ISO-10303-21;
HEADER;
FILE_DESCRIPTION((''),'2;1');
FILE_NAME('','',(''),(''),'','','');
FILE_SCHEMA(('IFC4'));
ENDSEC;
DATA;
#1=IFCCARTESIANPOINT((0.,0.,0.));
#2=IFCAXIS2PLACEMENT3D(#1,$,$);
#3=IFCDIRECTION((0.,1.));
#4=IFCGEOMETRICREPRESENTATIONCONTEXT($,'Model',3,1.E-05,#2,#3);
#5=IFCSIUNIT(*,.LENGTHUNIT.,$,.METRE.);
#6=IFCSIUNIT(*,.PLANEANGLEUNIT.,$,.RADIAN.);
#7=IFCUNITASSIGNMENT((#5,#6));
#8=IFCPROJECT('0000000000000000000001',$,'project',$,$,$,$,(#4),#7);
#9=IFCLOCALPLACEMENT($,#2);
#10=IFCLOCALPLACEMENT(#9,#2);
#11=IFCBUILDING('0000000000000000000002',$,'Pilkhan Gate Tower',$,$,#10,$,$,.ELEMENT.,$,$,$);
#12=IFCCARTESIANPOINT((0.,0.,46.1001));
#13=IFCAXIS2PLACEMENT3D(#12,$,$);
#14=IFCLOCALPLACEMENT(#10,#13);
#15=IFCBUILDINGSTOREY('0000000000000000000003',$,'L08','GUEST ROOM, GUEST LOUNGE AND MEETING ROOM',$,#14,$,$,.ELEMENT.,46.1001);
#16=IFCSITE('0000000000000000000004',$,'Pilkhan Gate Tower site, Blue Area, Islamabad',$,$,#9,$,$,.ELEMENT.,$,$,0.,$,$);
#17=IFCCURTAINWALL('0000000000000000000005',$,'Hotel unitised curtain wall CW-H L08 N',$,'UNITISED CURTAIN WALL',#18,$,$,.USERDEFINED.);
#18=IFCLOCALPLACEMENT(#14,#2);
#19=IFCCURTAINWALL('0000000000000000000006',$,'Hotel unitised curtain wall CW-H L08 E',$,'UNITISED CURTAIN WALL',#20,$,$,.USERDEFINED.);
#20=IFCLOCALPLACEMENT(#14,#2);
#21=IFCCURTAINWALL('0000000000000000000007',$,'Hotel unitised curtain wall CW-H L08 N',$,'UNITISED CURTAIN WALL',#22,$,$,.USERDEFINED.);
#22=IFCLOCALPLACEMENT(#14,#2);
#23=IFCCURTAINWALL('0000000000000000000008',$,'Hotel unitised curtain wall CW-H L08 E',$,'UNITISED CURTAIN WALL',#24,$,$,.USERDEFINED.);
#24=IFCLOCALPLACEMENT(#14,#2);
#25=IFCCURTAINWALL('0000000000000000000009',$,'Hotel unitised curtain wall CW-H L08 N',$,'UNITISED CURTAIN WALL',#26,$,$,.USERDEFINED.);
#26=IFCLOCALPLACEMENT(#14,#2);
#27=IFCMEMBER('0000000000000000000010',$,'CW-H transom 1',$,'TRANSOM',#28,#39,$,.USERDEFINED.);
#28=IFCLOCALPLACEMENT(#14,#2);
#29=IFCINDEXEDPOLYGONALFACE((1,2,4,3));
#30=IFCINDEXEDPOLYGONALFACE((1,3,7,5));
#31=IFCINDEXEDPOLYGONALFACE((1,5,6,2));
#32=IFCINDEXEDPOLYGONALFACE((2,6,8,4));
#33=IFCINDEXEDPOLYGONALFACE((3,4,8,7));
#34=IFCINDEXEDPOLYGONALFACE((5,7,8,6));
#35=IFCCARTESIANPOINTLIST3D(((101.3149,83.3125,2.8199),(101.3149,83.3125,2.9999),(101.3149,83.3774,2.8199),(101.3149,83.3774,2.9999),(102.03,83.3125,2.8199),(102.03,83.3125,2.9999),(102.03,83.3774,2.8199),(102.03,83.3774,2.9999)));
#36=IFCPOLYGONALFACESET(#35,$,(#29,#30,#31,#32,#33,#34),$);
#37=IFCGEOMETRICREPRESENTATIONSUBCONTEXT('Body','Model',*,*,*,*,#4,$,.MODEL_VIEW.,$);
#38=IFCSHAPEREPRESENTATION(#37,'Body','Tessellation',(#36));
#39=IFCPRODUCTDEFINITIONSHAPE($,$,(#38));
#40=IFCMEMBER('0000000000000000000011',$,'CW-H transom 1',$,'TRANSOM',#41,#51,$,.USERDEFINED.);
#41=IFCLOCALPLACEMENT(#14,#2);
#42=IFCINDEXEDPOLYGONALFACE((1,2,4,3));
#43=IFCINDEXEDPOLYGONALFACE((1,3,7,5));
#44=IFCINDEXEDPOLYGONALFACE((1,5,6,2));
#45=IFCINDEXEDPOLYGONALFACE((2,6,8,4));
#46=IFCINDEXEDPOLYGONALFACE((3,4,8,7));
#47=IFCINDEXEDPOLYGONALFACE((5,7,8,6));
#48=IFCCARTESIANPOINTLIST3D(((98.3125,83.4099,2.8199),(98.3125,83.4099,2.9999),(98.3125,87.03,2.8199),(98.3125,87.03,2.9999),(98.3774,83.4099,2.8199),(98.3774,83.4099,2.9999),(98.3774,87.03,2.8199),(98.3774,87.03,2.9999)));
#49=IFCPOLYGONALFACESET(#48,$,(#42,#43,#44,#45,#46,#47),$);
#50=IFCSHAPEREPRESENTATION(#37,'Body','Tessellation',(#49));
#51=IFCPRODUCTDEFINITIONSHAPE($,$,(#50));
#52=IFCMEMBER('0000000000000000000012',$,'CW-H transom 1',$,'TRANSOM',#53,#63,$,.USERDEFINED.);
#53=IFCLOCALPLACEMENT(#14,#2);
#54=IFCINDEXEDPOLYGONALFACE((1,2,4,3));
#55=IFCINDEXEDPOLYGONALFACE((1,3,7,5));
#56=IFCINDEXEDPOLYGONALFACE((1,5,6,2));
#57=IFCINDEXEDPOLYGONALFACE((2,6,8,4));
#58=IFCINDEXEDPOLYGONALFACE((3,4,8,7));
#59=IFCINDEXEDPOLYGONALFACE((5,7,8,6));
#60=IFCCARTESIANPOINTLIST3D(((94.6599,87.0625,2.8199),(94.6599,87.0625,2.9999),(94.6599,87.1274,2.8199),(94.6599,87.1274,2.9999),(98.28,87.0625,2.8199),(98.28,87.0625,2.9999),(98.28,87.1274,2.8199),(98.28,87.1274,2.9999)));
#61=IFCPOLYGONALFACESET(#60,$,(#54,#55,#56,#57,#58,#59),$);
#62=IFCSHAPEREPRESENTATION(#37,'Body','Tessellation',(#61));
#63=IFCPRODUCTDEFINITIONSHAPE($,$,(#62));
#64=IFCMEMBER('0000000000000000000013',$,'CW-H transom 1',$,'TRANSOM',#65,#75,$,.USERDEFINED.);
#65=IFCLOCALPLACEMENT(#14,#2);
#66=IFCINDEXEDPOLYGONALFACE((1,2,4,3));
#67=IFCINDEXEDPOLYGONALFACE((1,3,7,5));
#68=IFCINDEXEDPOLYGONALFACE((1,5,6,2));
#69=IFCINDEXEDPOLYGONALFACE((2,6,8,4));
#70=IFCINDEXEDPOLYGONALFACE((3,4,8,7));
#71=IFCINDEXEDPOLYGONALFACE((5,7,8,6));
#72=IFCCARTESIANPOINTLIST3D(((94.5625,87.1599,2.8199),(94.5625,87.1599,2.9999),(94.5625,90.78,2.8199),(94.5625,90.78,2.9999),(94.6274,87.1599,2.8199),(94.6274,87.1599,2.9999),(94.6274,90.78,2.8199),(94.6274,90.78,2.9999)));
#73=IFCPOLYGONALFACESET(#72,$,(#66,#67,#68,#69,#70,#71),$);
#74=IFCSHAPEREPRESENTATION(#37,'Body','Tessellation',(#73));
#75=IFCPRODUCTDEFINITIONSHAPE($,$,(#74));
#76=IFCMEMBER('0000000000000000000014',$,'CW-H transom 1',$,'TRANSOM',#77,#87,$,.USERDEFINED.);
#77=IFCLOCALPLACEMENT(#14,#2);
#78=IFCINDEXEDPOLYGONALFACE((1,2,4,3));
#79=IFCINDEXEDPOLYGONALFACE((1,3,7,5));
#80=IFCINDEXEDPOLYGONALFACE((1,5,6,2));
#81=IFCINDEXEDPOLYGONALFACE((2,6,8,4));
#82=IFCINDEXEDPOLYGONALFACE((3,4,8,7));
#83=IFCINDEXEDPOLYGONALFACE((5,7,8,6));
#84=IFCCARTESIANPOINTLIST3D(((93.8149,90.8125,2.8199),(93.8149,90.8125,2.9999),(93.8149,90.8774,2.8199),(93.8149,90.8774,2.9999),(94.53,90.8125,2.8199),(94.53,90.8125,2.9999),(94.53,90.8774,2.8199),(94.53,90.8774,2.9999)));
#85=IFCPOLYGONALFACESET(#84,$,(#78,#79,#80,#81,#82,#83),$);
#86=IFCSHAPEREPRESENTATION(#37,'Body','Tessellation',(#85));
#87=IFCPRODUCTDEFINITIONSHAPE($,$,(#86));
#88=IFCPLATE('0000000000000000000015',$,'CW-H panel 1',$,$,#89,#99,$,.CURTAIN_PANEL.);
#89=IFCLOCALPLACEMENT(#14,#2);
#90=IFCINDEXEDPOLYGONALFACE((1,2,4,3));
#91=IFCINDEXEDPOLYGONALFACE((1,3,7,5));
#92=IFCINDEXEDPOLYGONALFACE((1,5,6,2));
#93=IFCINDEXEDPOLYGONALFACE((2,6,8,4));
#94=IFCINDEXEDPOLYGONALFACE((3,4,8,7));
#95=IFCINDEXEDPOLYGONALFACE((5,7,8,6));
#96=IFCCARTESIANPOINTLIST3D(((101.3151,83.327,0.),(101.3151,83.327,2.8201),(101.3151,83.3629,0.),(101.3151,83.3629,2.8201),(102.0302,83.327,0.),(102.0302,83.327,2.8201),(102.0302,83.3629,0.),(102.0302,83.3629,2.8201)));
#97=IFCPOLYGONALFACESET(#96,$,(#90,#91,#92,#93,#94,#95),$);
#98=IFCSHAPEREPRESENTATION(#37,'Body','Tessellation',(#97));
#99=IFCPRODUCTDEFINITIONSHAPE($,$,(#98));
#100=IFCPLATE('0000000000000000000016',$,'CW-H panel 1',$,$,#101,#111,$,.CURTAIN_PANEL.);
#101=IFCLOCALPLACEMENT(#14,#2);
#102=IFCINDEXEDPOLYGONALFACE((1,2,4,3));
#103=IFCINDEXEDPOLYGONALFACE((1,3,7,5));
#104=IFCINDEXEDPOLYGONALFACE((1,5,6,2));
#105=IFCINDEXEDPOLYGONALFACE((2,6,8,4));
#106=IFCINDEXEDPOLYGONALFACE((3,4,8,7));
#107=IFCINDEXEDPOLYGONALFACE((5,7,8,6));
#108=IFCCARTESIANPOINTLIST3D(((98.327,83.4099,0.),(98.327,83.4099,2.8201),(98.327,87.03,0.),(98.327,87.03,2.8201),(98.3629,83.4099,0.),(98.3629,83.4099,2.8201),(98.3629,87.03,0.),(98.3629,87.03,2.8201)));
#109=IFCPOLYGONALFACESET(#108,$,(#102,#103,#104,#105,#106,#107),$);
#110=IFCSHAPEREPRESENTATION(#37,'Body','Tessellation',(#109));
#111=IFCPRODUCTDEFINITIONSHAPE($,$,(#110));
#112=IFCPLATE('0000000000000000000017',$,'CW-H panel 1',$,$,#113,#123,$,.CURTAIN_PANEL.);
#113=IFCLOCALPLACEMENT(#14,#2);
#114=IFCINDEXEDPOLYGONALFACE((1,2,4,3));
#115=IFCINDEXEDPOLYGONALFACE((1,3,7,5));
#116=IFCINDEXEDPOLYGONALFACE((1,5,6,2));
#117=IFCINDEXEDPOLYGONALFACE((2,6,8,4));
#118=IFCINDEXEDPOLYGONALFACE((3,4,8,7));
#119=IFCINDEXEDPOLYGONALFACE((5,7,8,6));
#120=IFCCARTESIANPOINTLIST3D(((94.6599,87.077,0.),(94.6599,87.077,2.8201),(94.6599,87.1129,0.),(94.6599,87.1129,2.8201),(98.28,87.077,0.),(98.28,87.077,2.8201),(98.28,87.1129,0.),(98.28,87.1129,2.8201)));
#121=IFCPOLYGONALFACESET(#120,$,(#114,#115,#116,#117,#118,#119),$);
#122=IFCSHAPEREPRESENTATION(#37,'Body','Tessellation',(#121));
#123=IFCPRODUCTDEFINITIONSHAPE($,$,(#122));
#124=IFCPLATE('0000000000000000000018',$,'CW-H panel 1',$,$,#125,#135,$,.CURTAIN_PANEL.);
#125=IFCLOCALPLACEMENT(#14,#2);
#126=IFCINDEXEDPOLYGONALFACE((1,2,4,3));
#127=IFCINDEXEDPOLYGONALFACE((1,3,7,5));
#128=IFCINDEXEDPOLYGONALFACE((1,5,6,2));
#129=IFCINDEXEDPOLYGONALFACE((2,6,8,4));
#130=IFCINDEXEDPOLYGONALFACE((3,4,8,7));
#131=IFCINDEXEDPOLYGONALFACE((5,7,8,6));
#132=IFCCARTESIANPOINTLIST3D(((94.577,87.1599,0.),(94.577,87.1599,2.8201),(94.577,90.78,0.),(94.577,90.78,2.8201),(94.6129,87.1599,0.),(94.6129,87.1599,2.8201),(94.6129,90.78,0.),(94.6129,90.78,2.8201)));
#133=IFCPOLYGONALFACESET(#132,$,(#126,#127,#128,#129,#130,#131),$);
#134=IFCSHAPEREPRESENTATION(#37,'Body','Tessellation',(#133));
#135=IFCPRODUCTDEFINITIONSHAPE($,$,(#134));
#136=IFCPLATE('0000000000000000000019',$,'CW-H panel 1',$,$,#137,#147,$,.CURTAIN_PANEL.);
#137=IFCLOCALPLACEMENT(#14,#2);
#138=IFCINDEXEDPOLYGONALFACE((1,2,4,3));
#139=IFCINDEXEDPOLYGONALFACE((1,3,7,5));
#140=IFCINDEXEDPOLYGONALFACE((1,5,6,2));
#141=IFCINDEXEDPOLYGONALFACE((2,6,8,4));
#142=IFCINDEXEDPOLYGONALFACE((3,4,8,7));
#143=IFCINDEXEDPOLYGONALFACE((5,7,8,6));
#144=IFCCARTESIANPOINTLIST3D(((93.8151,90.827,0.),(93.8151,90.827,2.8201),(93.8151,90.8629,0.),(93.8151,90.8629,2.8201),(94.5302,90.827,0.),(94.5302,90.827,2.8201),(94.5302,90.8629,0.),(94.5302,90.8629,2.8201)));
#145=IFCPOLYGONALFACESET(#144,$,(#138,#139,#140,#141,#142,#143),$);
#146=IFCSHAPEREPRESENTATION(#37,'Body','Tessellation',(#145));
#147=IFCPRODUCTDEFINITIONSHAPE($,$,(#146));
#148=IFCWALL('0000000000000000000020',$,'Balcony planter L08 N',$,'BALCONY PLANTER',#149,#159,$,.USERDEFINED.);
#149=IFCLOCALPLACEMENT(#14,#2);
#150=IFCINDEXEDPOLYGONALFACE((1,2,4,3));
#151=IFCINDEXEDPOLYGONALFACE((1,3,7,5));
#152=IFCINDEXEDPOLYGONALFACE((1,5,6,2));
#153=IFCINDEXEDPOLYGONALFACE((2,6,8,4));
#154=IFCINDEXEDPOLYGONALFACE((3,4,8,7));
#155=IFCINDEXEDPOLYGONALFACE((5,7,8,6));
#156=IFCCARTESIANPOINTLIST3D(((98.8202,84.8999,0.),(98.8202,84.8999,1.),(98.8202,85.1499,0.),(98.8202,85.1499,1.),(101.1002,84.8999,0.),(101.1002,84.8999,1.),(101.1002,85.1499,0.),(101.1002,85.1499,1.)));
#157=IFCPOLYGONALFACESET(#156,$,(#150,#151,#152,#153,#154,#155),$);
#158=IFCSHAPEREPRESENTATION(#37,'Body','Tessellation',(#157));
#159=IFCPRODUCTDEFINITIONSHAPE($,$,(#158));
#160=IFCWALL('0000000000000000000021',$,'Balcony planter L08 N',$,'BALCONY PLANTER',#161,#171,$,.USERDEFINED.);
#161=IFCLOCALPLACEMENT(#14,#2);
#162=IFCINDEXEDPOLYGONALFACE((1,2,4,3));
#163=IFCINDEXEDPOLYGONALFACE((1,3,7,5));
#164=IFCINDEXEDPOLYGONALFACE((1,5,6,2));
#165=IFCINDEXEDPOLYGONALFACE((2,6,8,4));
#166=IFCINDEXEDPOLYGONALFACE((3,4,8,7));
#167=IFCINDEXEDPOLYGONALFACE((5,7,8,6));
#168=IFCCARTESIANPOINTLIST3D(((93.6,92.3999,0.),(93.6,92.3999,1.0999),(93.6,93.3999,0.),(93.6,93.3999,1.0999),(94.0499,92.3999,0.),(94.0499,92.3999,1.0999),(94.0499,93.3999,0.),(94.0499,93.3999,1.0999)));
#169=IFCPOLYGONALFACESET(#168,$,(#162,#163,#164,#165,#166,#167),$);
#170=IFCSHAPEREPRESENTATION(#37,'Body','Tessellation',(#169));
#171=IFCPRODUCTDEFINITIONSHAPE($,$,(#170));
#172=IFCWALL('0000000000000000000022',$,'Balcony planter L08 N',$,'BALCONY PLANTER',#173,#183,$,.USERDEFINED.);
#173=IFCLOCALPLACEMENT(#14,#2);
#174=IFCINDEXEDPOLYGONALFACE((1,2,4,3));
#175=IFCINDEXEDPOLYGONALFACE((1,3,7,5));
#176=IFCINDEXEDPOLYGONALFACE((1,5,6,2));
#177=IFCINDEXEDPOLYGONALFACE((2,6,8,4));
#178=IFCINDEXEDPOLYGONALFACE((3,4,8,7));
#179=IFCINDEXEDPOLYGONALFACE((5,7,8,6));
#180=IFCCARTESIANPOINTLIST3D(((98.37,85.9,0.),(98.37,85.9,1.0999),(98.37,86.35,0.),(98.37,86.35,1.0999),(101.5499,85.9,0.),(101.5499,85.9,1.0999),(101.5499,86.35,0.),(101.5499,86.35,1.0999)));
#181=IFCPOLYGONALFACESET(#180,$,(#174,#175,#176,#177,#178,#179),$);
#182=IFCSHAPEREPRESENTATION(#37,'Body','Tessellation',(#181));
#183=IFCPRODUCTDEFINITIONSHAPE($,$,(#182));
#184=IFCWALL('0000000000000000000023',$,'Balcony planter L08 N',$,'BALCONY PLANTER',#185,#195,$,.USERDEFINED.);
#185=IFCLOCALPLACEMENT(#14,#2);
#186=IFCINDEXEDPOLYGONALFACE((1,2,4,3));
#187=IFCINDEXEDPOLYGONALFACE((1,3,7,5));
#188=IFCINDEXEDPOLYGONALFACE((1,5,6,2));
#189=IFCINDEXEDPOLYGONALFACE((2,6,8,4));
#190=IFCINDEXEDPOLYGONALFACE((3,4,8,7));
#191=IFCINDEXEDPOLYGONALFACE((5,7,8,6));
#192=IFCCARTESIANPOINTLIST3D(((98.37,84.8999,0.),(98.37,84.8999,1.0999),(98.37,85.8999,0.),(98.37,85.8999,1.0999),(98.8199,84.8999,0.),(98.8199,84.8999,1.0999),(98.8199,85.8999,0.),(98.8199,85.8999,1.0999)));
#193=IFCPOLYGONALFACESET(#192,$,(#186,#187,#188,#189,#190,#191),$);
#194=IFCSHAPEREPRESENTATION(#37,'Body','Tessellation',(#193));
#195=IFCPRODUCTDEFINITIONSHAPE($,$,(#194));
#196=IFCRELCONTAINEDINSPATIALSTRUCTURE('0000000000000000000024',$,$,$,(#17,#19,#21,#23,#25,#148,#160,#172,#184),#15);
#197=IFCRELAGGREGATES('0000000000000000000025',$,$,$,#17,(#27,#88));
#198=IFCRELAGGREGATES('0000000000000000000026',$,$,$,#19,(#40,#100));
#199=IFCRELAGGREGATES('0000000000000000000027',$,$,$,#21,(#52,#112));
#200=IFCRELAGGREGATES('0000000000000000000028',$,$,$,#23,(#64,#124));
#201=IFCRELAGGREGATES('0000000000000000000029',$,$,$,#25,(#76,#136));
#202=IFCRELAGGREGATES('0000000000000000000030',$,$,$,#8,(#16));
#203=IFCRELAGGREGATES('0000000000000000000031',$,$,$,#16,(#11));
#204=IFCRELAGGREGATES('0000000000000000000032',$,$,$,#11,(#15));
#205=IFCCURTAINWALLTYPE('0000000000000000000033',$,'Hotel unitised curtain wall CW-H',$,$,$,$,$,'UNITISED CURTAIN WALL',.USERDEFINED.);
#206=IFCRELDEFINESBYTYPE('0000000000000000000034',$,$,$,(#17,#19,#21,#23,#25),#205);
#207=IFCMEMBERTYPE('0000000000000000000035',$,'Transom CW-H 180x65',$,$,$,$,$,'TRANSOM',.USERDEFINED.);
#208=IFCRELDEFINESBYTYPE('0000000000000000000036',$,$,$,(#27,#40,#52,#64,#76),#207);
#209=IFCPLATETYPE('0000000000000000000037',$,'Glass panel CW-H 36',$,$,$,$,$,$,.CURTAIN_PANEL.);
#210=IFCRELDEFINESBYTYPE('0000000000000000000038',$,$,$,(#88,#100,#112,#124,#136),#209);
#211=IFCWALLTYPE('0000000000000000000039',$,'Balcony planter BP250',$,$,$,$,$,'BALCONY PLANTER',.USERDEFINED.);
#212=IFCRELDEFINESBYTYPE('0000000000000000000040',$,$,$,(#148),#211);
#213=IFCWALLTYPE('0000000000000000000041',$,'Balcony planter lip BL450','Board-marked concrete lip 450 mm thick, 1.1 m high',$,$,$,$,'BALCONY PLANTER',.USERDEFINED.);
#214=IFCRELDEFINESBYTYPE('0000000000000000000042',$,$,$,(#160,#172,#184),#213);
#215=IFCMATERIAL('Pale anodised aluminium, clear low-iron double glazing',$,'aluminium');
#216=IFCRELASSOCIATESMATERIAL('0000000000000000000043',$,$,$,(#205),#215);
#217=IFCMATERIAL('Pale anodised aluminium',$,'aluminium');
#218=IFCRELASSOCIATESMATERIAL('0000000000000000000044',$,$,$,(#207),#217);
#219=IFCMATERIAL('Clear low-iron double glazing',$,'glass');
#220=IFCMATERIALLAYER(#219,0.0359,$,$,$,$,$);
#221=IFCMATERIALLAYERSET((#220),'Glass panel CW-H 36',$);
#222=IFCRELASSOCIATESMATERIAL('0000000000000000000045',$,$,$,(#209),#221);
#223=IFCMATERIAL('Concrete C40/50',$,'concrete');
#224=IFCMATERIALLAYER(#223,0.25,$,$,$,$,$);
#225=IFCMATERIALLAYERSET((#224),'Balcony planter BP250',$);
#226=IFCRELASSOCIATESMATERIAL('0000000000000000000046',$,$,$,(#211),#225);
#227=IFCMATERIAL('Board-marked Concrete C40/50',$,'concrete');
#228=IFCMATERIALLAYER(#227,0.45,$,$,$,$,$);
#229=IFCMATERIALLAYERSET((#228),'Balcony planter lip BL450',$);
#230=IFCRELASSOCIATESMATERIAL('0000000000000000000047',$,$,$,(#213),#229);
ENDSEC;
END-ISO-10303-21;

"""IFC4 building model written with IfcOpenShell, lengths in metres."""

from ifc_helpers import new_model, si_unit, direction, frame, frame_2d, origin, origin_2d, place, context, subcontext, project, spatial, rectangle, extrude, material, layer, layer_set, material_profile, profile_set, type_object, element, aggregate, save


model = new_model("IFC4")

# Units and contexts
model_context = context("Model", 3, precision=1e-05, world=origin(), true_north=direction((0.0, 1.0)))
body_context = subcontext(model_context, "Body", "Model", "MODEL_VIEW")
ifc_project = project(units=[si_unit("LENGTHUNIT", "METRE"), si_unit("PLANEANGLEUNIT", "RADIAN")], contexts=[model_context])

# Site, building, storey
site_placement = place(None, origin())
site = spatial("IfcSite", under=ifc_project, at=site_placement, Name="Pilkhan Gate Tower site, Blue Area, Islamabad", CompositionType="ELEMENT", RefElevation=0.0)
building_placement = place(site_placement, origin())
building = spatial("IfcBuilding", under=site, at=building_placement, Name="Pilkhan Gate Tower", CompositionType="ELEMENT")
storey_placement = place(building_placement, frame((0.0, 0.0, 46.1001)))
storey = spatial("IfcBuildingStorey", under=building, at=storey_placement, Name="L08", Description="GUEST ROOM, GUEST LOUNGE AND MEETING ROOM", CompositionType="ELEMENT", Elevation=46.1001)

# Shared definitions
ifc_material_1 = material(Name="Pale anodised aluminium, clear low-iron double glazing", Category="aluminium")
curtain_wall_type = type_object("IfcCurtainWallType", Name="Hotel unitised curtain wall CW-H", ElementType="UNITISED CURTAIN WALL", PredefinedType="USERDEFINED", material=ifc_material_1)
ifc_material_2 = material(Name="Pale anodised aluminium", Category="aluminium")

# Curtain walls
curtain_wall_1_placement = place(storey_placement, origin())
curtain_wall_1 = element("IfcCurtainWall", 1, at=curtain_wall_1_placement, inside=storey, type_object=curtain_wall_type, Name="Hotel unitised curtain wall CW-H L08 N", ObjectType="UNITISED CURTAIN WALL", PredefinedType="USERDEFINED")
curtain_wall_2_placement = place(storey_placement, origin())
curtain_wall_2 = element("IfcCurtainWall", 2, at=curtain_wall_2_placement, inside=storey, type_object=curtain_wall_type, Name="Hotel unitised curtain wall CW-H L08 E", ObjectType="UNITISED CURTAIN WALL", PredefinedType="USERDEFINED")
curtain_wall_3_placement = place(storey_placement, origin())
curtain_wall_3 = element("IfcCurtainWall", 3, at=curtain_wall_3_placement, inside=storey, type_object=curtain_wall_type, Name="Hotel unitised curtain wall CW-H L08 N", ObjectType="UNITISED CURTAIN WALL", PredefinedType="USERDEFINED")
curtain_wall_4_placement = place(storey_placement, origin())
curtain_wall_4 = element("IfcCurtainWall", 4, at=curtain_wall_4_placement, inside=storey, type_object=curtain_wall_type, Name="Hotel unitised curtain wall CW-H L08 E", ObjectType="UNITISED CURTAIN WALL", PredefinedType="USERDEFINED")
curtain_wall_5_placement = place(storey_placement, origin())
curtain_wall_5 = element("IfcCurtainWall", 5, at=curtain_wall_5_placement, inside=storey, type_object=curtain_wall_type, Name="Hotel unitised curtain wall CW-H L08 N", ObjectType="UNITISED CURTAIN WALL", PredefinedType="USERDEFINED")

# Members
ifc_material_profile_1 = material_profile(ifc_material_2, rectangle(XDim=0.0649, YDim=0.1799, at=origin_2d()), Name="Transom 180x65")
ifc_profile_set_1 = profile_set([ifc_material_profile_1], Name="Pale anodised aluminium")
member_type_1 = type_object("IfcMemberType", Name="Transom CW-H 180x65", ElementType="TRANSOM", PredefinedType="USERDEFINED", material=ifc_profile_set_1)
member_1_placement = place(storey_placement, frame((101.3149, 83.345, 2.9099), z_axis=(1.0, 0.0, 0.0), x_axis=(0.0, 1.0, 0.0)))
member_1 = element("IfcMember", 6, at=member_1_placement, type_object=member_type_1, Name="CW-H transom 1", ObjectType="TRANSOM", PredefinedType="USERDEFINED", context=body_context, shape_type="SweptSolid", body=[
    extrude(rectangle(XDim=0.0649, YDim=0.1799, at=origin_2d()), origin(), (0.0, 0.0, 1.0), 0.7151),
])
member_2_placement = place(storey_placement, frame((98.345, 83.4099, 2.9099), z_axis=(0.0, 1.0, 0.0), x_axis=(-1.0, 0.0, 0.0)))
member_2 = element("IfcMember", 7, at=member_2_placement, type_object=member_type_1, Name="CW-H transom 1", ObjectType="TRANSOM", PredefinedType="USERDEFINED", context=body_context, shape_type="SweptSolid", body=[
    extrude(rectangle(XDim=0.0649, YDim=0.1799, at=origin_2d()), origin(), (0.0, 0.0, 1.0), 3.6201),
])
member_3_placement = place(storey_placement, frame((94.6599, 87.095, 2.9099), z_axis=(1.0, 0.0, 0.0), x_axis=(0.0, 1.0, 0.0)))
member_3 = element("IfcMember", 8, at=member_3_placement, type_object=member_type_1, Name="CW-H transom 1", ObjectType="TRANSOM", PredefinedType="USERDEFINED", context=body_context, shape_type="SweptSolid", body=[
    extrude(rectangle(XDim=0.0649, YDim=0.1799, at=origin_2d()), origin(), (0.0, 0.0, 1.0), 3.6201),
])
member_4_placement = place(storey_placement, frame((94.595, 87.1599, 2.9099), z_axis=(0.0, 1.0, 0.0), x_axis=(-1.0, 0.0, 0.0)))
member_4 = element("IfcMember", 9, at=member_4_placement, type_object=member_type_1, Name="CW-H transom 1", ObjectType="TRANSOM", PredefinedType="USERDEFINED", context=body_context, shape_type="SweptSolid", body=[
    extrude(rectangle(XDim=0.0649, YDim=0.1799, at=origin_2d()), origin(), (0.0, 0.0, 1.0), 3.6201),
])
member_5_placement = place(storey_placement, frame((93.8149, 90.845, 2.9099), z_axis=(1.0, 0.0, 0.0), x_axis=(0.0, 1.0, 0.0)))
member_5 = element("IfcMember", 10, at=member_5_placement, type_object=member_type_1, Name="CW-H transom 1", ObjectType="TRANSOM", PredefinedType="USERDEFINED", context=body_context, shape_type="SweptSolid", body=[
    extrude(rectangle(XDim=0.0649, YDim=0.1799, at=origin_2d()), origin(), (0.0, 0.0, 1.0), 0.7151),
])

# Plates
ifc_material_3 = material(Name="Clear low-iron double glazing", Category="glass")
ifc_layer_1 = layer(ifc_material_3, 0.0359)
ifc_layer_set_1 = layer_set([ifc_layer_1], Name="Glass panel CW-H 36")
plate_type = type_object("IfcPlateType", Name="Glass panel CW-H 36", PredefinedType="CURTAIN_PANEL", material=ifc_layer_set_1)
plate_1_placement = place(storey_placement, frame((101.6726, 83.345, 0.0), z_axis=(0.0, 0.0, 1.0), x_axis=(1.0, 0.0, 0.0)))
plate_1 = element("IfcPlate", 11, at=plate_1_placement, type_object=plate_type, Name="CW-H panel 1", PredefinedType="CURTAIN_PANEL", context=body_context, shape_type="SweptSolid", body=[
    extrude(rectangle(XDim=0.7151, YDim=0.0359, at=origin_2d()), origin(), (0.0, 0.0, 1.0), 2.8201),
])
aggregate(curtain_wall_1, [member_1, plate_1])
plate_2_placement = place(storey_placement, frame((98.345, 85.22, 0.0), z_axis=(0.0, 0.0, 1.0), x_axis=(0.0, 1.0, 0.0)))
plate_2 = element("IfcPlate", 12, at=plate_2_placement, type_object=plate_type, Name="CW-H panel 1", PredefinedType="CURTAIN_PANEL", context=body_context, shape_type="SweptSolid", body=[
    extrude(rectangle(XDim=3.6201, YDim=0.0359, at=origin_2d()), origin(), (0.0, 0.0, 1.0), 2.8201),
])
aggregate(curtain_wall_2, [member_2, plate_2])
plate_3_placement = place(storey_placement, frame((96.47, 87.095, 0.0), z_axis=(0.0, 0.0, 1.0), x_axis=(1.0, 0.0, 0.0)))
plate_3 = element("IfcPlate", 13, at=plate_3_placement, type_object=plate_type, Name="CW-H panel 1", PredefinedType="CURTAIN_PANEL", context=body_context, shape_type="SweptSolid", body=[
    extrude(rectangle(XDim=3.6201, YDim=0.0359, at=origin_2d()), origin(), (0.0, 0.0, 1.0), 2.8201),
])
aggregate(curtain_wall_3, [member_3, plate_3])
plate_4_placement = place(storey_placement, frame((94.595, 88.97, 0.0), z_axis=(0.0, 0.0, 1.0), x_axis=(0.0, 1.0, 0.0)))
plate_4 = element("IfcPlate", 14, at=plate_4_placement, type_object=plate_type, Name="CW-H panel 1", PredefinedType="CURTAIN_PANEL", context=body_context, shape_type="SweptSolid", body=[
    extrude(rectangle(XDim=3.6201, YDim=0.0359, at=origin_2d()), origin(), (0.0, 0.0, 1.0), 2.8201),
])
aggregate(curtain_wall_4, [member_4, plate_4])
plate_5_placement = place(storey_placement, frame((94.1726, 90.845, 0.0), z_axis=(0.0, 0.0, 1.0), x_axis=(1.0, 0.0, 0.0)))
plate_5 = element("IfcPlate", 15, at=plate_5_placement, type_object=plate_type, Name="CW-H panel 1", PredefinedType="CURTAIN_PANEL", context=body_context, shape_type="SweptSolid", body=[
    extrude(rectangle(XDim=0.7151, YDim=0.0359, at=origin_2d()), origin(), (0.0, 0.0, 1.0), 2.8201),
])
aggregate(curtain_wall_5, [member_5, plate_5])

# Walls
ifc_material_4 = material(Name="Concrete C40/50", Category="concrete")
ifc_layer_2 = layer(ifc_material_4, 0.25)
ifc_layer_set_2 = layer_set([ifc_layer_2], Name="Balcony planter BP250")
wall_type_1 = type_object("IfcWallType", Name="Balcony planter BP250", ElementType="BALCONY PLANTER", PredefinedType="USERDEFINED", material=ifc_layer_set_2)
wall_1_placement = place(storey_placement, frame((98.8201, 85.0249, 0.0), z_axis=(0.0, 0.0, 1.0), x_axis=(1.0, 0.0, 0.0)))
element("IfcWall", 16, at=wall_1_placement, inside=storey, type_object=wall_type_1, Name="Balcony planter L08 N", ObjectType="BALCONY PLANTER", PredefinedType="USERDEFINED", context=body_context, shape_type="SweptSolid", body=[
    extrude(rectangle(XDim=2.28, YDim=0.25, at=frame_2d((1.1401, 0.0))), origin(), (0.0, 0.0, 1.0), 1.0),
])
ifc_material_5 = material(Name="Board-marked Concrete C40/50", Category="concrete")
ifc_layer_3 = layer(ifc_material_5, 0.45)
ifc_layer_set_3 = layer_set([ifc_layer_3], Name="Balcony planter lip BL450")
wall_type_2 = type_object("IfcWallType", Name="Balcony planter lip BL450", Description="Board-marked concrete lip 450 mm thick, 1.1 m high", ElementType="BALCONY PLANTER", PredefinedType="USERDEFINED", material=ifc_layer_set_3)
wall_2_placement = place(storey_placement, frame((93.825, 92.3999, 0.0), z_axis=(0.0, 0.0, 1.0), x_axis=(0.0, 1.0, 0.0)))
element("IfcWall", 17, at=wall_2_placement, inside=storey, type_object=wall_type_2, Name="Balcony planter L08 N", ObjectType="BALCONY PLANTER", PredefinedType="USERDEFINED", context=body_context, shape_type="SweptSolid", body=[
    extrude(rectangle(XDim=1.0, YDim=0.45, at=frame_2d((0.5, 0.0))), origin(), (0.0, 0.0, 1.0), 1.0999),
])
wall_3_placement = place(storey_placement, frame((98.3701, 86.125, 0.0), z_axis=(0.0, 0.0, 1.0), x_axis=(1.0, 0.0, 0.0)))
element("IfcWall", 18, at=wall_3_placement, inside=storey, type_object=wall_type_2, Name="Balcony planter L08 N", ObjectType="BALCONY PLANTER", PredefinedType="USERDEFINED", context=body_context, shape_type="SweptSolid", body=[
    extrude(rectangle(XDim=3.1799, YDim=0.45, at=frame_2d((1.5898, 0.0))), origin(), (0.0, 0.0, 1.0), 1.0999),
])
for number, where, z_axis, x_axis, name in (
    (19, (98.595, 84.8999, 0.0), (0.0, 0.0, 1.0), (0.0, 1.0, 0.0), "Balcony planter L08 N"),
):
    element("IfcWall", number, at=place(storey_placement, frame(where, z_axis=z_axis, x_axis=x_axis)), inside=storey, type_object=wall_type_2, Name=name, ObjectType="BALCONY PLANTER", PredefinedType="USERDEFINED", context=body_context, shape_type="SweptSolid", body=[
        extrude(rectangle(XDim=1.0, YDim=0.45, at=frame_2d((0.5, 0.0))), origin(), (0.0, 0.0, 1.0), 1.0999),
    ])

save(model, "model.ifc")
